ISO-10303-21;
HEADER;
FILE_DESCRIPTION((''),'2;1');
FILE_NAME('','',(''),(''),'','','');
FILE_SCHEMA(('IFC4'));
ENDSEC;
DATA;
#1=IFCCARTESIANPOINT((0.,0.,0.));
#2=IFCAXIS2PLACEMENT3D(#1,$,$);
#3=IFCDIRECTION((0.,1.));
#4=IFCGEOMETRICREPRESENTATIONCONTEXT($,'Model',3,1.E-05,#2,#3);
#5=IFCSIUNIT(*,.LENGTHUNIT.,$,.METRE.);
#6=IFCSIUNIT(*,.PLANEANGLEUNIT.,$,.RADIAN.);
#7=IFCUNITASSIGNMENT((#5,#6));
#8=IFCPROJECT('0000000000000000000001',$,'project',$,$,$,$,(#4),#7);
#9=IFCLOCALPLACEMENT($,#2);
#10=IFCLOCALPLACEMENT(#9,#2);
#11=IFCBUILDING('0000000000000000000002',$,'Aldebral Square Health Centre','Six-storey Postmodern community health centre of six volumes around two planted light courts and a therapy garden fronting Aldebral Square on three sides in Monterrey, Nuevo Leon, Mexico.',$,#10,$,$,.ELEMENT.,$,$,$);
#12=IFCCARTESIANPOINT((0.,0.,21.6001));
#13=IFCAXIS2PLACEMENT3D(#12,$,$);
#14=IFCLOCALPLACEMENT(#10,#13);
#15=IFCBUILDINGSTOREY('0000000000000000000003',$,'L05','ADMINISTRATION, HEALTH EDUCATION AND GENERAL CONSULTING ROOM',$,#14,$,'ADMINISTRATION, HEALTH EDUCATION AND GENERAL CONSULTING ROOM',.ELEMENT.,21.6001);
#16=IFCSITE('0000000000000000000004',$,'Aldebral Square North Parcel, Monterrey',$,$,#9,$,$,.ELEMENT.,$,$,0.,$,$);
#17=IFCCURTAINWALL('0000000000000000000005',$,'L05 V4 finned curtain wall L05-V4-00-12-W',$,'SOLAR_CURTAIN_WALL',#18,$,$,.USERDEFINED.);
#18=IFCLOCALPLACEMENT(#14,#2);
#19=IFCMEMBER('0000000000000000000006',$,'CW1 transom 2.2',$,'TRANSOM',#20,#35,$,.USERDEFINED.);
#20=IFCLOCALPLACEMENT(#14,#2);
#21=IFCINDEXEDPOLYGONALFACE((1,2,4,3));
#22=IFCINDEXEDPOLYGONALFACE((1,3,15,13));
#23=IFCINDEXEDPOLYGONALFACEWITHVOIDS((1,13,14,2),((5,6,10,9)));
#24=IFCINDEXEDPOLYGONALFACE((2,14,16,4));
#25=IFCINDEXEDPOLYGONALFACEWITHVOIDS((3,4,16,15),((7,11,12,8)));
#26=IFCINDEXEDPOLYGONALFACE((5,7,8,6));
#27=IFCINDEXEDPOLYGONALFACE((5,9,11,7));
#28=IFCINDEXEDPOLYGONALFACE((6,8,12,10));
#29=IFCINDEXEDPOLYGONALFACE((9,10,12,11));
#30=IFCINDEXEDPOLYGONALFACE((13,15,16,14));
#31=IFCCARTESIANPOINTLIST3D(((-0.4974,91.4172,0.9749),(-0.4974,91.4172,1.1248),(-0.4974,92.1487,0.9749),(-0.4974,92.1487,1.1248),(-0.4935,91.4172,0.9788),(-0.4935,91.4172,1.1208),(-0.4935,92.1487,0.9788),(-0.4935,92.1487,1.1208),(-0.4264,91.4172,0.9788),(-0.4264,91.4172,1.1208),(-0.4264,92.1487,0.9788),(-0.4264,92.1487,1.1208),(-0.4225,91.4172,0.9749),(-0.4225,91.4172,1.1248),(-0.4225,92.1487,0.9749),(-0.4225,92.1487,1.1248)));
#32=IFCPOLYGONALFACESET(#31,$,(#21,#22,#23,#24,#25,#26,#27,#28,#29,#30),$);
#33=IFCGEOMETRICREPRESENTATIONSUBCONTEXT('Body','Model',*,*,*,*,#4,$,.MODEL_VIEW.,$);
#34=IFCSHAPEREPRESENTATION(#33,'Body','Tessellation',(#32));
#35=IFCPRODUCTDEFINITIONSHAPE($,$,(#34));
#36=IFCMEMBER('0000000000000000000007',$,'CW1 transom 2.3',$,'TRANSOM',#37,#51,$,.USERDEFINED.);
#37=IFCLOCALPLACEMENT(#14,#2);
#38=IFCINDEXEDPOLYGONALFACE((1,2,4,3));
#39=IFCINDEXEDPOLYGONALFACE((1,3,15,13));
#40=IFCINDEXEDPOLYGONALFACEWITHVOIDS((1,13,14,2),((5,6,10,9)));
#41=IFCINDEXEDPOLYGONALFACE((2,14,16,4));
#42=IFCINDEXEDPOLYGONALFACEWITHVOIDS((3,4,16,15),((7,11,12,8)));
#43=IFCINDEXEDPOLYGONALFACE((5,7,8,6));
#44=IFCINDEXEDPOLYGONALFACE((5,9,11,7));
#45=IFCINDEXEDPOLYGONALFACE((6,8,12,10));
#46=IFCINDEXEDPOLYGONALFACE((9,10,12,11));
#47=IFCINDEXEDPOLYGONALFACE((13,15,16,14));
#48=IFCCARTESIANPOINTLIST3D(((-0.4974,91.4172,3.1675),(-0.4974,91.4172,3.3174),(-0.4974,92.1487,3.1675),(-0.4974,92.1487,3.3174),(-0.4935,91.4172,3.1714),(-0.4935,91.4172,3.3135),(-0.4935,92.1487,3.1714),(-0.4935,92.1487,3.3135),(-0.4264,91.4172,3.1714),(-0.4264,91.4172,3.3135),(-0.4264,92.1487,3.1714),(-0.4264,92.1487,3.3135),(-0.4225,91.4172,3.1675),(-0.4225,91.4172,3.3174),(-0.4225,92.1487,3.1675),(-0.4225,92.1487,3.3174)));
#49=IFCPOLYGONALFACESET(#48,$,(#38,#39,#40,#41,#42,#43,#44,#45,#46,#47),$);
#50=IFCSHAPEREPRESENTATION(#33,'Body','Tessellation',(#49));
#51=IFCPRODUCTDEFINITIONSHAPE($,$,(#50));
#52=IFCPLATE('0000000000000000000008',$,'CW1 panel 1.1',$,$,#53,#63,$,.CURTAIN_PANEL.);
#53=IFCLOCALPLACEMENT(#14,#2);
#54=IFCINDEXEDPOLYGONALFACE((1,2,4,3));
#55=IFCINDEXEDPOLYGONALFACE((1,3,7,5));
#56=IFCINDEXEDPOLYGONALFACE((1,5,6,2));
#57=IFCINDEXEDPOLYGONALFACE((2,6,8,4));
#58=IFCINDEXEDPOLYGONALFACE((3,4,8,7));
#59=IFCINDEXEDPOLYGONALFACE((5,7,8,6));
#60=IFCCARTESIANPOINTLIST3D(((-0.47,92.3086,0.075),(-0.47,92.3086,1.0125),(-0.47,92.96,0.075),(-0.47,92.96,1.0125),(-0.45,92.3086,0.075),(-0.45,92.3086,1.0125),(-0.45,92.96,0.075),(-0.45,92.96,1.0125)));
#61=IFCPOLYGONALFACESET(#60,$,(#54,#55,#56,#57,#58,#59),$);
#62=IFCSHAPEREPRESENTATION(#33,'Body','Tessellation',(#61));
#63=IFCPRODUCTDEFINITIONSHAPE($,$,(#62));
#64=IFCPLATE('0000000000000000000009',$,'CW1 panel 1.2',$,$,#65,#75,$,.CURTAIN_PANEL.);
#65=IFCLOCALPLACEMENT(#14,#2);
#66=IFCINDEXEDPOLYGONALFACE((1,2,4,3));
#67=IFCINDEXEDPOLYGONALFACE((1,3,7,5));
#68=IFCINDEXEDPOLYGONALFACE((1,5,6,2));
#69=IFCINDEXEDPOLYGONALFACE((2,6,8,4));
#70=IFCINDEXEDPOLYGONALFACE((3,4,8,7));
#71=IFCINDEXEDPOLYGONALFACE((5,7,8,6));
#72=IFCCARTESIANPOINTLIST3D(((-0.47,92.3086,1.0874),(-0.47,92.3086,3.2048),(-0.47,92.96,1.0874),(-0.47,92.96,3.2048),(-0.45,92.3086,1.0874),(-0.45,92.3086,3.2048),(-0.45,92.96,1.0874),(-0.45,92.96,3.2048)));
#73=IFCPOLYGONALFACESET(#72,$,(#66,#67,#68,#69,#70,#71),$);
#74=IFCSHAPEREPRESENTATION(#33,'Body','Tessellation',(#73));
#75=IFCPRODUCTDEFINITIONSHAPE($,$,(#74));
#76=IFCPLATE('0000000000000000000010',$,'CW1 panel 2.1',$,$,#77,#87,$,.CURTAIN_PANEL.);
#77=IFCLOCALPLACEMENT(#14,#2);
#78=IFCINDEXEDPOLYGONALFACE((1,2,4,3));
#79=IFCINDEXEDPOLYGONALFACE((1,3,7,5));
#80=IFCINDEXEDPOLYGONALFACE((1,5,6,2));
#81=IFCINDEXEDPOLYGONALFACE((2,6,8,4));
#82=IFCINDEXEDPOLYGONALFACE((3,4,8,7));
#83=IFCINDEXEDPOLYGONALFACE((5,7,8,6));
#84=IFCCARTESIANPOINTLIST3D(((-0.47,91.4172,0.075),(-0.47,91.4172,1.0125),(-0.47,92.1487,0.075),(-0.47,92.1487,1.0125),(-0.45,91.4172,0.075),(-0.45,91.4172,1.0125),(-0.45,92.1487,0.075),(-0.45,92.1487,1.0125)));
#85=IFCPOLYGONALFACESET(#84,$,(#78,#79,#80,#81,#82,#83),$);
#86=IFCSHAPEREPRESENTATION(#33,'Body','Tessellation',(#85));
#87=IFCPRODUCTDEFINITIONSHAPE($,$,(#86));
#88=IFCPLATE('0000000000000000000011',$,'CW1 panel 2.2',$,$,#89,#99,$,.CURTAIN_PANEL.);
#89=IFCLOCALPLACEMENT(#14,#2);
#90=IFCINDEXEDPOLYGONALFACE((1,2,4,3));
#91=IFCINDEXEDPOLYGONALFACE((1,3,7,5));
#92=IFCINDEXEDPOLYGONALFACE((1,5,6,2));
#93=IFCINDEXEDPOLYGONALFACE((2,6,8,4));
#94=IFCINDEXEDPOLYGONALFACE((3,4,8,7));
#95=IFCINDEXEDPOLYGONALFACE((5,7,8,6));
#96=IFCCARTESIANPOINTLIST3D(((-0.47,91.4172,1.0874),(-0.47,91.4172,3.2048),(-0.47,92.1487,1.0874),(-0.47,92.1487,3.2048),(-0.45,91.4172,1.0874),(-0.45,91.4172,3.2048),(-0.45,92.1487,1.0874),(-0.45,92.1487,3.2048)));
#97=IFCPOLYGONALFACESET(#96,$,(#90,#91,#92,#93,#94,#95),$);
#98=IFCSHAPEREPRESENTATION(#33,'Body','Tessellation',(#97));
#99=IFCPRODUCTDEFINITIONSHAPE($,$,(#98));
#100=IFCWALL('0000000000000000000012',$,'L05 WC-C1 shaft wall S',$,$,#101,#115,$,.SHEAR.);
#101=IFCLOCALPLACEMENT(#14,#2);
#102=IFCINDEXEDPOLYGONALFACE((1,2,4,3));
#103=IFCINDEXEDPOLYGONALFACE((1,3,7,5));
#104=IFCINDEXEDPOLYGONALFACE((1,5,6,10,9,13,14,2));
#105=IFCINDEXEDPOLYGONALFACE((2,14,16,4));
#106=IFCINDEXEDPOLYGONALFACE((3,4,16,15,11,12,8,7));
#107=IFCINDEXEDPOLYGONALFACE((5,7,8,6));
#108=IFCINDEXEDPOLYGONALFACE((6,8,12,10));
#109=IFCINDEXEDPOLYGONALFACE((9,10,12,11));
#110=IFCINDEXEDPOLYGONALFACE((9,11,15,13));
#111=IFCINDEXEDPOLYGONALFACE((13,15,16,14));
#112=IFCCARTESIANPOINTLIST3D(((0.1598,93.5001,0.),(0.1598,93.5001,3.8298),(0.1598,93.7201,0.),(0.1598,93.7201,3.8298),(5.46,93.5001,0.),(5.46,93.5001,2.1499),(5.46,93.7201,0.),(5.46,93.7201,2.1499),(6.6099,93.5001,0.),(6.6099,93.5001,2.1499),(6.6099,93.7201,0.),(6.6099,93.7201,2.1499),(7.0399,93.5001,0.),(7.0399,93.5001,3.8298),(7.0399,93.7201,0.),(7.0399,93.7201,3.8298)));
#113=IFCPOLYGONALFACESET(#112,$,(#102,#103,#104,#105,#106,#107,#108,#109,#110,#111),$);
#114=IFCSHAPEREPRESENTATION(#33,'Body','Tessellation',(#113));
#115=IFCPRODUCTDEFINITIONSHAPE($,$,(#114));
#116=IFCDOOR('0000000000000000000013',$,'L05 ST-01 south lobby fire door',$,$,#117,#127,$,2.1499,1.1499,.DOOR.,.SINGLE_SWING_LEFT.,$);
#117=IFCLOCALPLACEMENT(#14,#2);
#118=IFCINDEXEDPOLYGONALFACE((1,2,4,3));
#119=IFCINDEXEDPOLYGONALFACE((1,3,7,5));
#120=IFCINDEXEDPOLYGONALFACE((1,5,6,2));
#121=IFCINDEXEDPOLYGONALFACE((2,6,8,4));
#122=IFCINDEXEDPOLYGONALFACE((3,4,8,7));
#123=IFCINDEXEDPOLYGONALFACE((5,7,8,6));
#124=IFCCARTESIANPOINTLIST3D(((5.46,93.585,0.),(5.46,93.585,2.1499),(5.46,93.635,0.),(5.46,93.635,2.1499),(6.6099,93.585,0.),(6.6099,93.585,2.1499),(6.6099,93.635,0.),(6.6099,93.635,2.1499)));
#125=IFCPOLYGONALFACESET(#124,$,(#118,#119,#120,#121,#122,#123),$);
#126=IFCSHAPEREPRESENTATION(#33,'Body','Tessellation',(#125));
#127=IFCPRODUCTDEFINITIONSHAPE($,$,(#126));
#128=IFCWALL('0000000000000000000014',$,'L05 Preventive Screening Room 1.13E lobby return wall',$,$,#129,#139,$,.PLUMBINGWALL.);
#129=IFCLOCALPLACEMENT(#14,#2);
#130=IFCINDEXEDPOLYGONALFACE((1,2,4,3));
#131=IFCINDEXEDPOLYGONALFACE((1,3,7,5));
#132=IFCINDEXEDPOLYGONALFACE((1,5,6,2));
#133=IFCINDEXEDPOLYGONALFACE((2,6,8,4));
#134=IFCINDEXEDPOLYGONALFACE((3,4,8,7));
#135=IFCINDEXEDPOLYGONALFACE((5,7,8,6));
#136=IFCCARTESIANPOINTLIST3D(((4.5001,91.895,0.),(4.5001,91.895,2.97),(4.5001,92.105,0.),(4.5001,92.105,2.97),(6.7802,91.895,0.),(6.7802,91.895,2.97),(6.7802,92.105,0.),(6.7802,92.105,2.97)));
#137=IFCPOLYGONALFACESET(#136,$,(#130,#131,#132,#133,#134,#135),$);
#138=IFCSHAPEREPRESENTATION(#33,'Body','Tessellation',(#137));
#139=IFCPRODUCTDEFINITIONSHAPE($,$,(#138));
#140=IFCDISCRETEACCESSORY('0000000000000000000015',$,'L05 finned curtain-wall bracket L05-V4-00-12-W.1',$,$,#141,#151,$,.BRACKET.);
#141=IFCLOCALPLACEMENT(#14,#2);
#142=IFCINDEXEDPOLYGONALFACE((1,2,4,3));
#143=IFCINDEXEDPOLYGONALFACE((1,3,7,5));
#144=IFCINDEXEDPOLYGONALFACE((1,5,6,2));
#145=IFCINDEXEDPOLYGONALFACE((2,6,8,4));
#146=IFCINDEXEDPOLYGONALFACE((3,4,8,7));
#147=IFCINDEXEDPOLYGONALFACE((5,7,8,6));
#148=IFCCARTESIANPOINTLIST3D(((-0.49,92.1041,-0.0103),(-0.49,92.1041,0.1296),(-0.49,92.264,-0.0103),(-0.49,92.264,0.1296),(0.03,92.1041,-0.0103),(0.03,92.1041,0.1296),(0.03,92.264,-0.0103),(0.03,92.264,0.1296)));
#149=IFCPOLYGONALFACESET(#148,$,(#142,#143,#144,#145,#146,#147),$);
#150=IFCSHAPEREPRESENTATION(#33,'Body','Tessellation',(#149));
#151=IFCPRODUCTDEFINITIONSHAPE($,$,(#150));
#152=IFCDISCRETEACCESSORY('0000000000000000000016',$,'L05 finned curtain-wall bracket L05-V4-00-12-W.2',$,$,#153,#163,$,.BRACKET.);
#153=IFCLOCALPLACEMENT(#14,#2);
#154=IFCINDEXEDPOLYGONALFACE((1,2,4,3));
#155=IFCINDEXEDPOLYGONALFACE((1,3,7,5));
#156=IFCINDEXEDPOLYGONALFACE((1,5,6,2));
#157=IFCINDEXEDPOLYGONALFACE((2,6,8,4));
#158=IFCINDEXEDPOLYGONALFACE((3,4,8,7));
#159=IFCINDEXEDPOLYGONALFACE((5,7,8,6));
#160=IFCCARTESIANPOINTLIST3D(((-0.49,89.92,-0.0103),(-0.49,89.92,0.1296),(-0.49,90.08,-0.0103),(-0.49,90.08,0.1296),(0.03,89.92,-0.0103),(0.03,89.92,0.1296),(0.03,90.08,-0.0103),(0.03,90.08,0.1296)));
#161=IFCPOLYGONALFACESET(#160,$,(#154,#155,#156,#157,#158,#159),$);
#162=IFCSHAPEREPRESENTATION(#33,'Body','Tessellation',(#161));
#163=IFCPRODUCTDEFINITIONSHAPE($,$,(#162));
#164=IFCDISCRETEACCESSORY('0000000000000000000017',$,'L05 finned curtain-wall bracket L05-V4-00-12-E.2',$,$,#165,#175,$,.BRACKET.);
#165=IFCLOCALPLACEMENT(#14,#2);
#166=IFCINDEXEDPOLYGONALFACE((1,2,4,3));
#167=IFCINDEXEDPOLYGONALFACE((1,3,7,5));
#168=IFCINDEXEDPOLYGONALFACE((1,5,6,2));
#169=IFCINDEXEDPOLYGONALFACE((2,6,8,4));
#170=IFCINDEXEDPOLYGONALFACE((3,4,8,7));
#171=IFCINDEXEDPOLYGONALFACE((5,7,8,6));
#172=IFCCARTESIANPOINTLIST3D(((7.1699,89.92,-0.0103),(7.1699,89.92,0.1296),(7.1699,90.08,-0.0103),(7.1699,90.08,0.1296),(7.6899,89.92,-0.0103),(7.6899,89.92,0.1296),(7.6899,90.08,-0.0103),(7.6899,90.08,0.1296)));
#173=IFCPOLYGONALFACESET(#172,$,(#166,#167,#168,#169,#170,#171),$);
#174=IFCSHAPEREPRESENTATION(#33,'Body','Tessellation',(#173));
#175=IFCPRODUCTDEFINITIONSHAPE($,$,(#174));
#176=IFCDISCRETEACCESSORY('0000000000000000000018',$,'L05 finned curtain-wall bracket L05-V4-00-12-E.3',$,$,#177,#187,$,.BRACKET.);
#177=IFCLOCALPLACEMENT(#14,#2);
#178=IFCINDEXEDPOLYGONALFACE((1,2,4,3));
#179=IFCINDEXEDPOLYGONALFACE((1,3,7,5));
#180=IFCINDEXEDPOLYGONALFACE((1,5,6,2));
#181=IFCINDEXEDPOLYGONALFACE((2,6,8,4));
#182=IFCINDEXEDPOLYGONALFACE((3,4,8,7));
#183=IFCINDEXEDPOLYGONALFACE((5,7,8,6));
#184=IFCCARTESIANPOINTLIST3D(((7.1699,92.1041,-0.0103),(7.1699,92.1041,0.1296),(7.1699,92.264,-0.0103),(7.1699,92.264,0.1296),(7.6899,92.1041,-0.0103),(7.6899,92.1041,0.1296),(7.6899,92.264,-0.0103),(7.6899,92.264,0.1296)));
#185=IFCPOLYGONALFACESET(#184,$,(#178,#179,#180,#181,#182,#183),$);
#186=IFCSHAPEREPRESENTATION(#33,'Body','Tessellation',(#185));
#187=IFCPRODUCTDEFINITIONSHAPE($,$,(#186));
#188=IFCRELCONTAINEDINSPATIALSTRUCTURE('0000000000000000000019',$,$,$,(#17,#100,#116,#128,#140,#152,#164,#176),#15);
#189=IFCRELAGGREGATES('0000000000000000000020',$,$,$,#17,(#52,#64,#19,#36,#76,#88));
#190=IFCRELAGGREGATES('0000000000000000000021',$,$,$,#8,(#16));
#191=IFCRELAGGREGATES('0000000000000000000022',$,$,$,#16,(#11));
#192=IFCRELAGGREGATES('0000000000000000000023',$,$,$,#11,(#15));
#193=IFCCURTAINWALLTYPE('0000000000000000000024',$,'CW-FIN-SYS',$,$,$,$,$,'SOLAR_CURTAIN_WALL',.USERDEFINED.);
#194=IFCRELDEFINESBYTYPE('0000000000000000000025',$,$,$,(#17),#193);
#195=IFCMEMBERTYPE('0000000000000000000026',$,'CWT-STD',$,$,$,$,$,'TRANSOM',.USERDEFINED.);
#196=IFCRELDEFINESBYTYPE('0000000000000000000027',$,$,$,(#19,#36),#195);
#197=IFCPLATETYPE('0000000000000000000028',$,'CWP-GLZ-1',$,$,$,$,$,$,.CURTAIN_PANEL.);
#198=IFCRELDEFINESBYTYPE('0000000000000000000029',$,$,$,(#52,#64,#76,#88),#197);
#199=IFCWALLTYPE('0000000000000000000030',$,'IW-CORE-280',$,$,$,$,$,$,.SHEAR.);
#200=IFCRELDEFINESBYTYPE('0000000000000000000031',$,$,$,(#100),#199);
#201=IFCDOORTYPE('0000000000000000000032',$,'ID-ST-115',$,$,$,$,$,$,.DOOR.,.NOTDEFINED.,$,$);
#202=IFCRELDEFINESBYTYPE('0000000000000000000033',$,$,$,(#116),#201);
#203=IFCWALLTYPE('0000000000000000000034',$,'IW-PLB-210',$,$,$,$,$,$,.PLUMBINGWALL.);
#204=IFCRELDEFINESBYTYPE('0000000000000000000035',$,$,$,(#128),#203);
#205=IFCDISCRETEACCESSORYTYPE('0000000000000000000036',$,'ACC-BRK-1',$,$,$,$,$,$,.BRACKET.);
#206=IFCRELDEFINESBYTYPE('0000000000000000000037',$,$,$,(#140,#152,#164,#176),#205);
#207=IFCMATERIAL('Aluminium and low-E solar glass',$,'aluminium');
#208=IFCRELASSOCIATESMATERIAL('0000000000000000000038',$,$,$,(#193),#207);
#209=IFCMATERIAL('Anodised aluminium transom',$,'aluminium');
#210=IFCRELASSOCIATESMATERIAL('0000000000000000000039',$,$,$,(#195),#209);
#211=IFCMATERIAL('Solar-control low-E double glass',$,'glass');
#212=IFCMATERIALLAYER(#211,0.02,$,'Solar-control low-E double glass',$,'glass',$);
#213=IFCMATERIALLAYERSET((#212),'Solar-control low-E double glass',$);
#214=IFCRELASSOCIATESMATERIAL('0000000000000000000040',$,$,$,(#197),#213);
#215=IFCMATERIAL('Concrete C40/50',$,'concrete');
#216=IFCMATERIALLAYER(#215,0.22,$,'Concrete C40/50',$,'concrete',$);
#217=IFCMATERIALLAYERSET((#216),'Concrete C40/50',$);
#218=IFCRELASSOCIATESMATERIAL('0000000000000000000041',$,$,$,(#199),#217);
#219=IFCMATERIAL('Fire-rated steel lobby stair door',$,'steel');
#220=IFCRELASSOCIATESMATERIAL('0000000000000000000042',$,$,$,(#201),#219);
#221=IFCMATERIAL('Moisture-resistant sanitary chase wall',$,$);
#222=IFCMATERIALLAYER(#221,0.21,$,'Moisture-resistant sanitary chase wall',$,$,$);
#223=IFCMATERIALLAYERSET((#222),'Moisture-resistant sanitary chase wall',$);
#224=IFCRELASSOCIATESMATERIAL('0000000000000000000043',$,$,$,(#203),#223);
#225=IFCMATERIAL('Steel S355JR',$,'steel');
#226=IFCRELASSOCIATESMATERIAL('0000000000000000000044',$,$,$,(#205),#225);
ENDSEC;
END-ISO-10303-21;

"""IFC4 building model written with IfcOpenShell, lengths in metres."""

from ifc_helpers import new_model, si_unit, direction, frame, frame_2d, origin, origin_2d, place, context, subcontext, project, spatial, rectangle, hollow_rectangle, extrude, material, layer, layer_set, material_profile, profile_set, type_object, element, fill, aggregate, save


model = new_model("IFC4")

# Units and contexts
model_context = context("Model", 3, precision=1e-05, world=origin(), true_north=direction((0.0, 1.0)))
body_context = subcontext(model_context, "Body", "Model", "MODEL_VIEW")
ifc_project = project(units=[si_unit("LENGTHUNIT", "METRE"), si_unit("PLANEANGLEUNIT", "RADIAN")], contexts=[model_context])

# Site, building, storey
site_placement = place(None, origin())
site = spatial("IfcSite", under=ifc_project, at=site_placement, Name="Aldebral Square North Parcel, Monterrey", CompositionType="ELEMENT", RefElevation=0.0)
building_placement = place(site_placement, origin())
building = spatial("IfcBuilding", under=site, at=building_placement, Name="Aldebral Square Health Centre", Description="Six-storey Postmodern community health centre of six volumes around two planted light courts and a therapy garden fronting Aldebral Square on three sides in Monterrey, Nuevo Leon, Mexico.", CompositionType="ELEMENT")
storey_placement = place(building_placement, frame((0.0, 0.0, 21.6001)))
storey = spatial("IfcBuildingStorey", under=building, at=storey_placement, Name="L05", Description="ADMINISTRATION, HEALTH EDUCATION AND GENERAL CONSULTING ROOM", LongName="ADMINISTRATION, HEALTH EDUCATION AND GENERAL CONSULTING ROOM", CompositionType="ELEMENT", Elevation=21.6001)

# Shared definitions
ifc_material_1 = material(Name="Concrete C40/50", Category="concrete")

# Curtain wall, members, plates
ifc_material_2 = material(Name="Aluminium and low-E solar glass", Category="aluminium")
curtain_wall_type = type_object("IfcCurtainWallType", Name="CW-FIN-SYS", ElementType="SOLAR_CURTAIN_WALL", PredefinedType="USERDEFINED", material=ifc_material_2)
curtain_wall_placement = place(storey_placement, origin())
curtain_wall = element("IfcCurtainWall", 1, at=curtain_wall_placement, inside=storey, type_object=curtain_wall_type, Name="L05 V4 finned curtain wall L05-V4-00-12-W", ObjectType="SOLAR_CURTAIN_WALL", PredefinedType="USERDEFINED")
ifc_material_3 = material(Name="Anodised aluminium transom", Category="aluminium")
ifc_material_profile_1 = material_profile(ifc_material_3, hollow_rectangle(XDim=0.075, YDim=0.1499, WallThickness=0.0039, at=origin_2d()), Name="CWT 75x150x4")
ifc_profile_set_1 = profile_set([ifc_material_profile_1], Name="Anodised aluminium transom")
member_type_1 = type_object("IfcMemberType", Name="CWT-STD", ElementType="TRANSOM", PredefinedType="USERDEFINED", material=ifc_profile_set_1)
member_1_placement = place(storey_placement, frame((-0.46, 92.1487, 1.0498), z_axis=(0.0, -1.0, 0.0), x_axis=(1.0, 0.0, 0.0)))
member_1 = element("IfcMember", 2, at=member_1_placement, type_object=member_type_1, Name="CW1 transom 2.2", ObjectType="TRANSOM", PredefinedType="USERDEFINED", context=body_context, shape_type="SweptSolid", body=[
    extrude(hollow_rectangle(XDim=0.075, YDim=0.1499, WallThickness=0.0039, at=origin_2d()), origin(), (0.0, 0.0, 1.0), 0.7314),
])
member_2_placement = place(storey_placement, frame((-0.46, 92.1487, 3.2424), z_axis=(0.0, -1.0, 0.0), x_axis=(1.0, 0.0, 0.0)))
member_2 = element("IfcMember", 3, at=member_2_placement, type_object=member_type_1, Name="CW1 transom 2.3", ObjectType="TRANSOM", PredefinedType="USERDEFINED", context=body_context, shape_type="SweptSolid", body=[
    extrude(hollow_rectangle(XDim=0.075, YDim=0.1499, WallThickness=0.0039, at=origin_2d()), origin(), (0.0, 0.0, 1.0), 0.7314),
])
ifc_material_4 = material(Name="Solar-control low-E double glass", Category="glass")
ifc_layer_1 = layer(ifc_material_4, 0.02, Name="Solar-control low-E double glass", Category="glass")
ifc_layer_set_1 = layer_set([ifc_layer_1], Name="Solar-control low-E double glass")
plate_type = type_object("IfcPlateType", Name="CWP-GLZ-1", PredefinedType="CURTAIN_PANEL", material=ifc_layer_set_1)
plate_1_placement = place(storey_placement, frame((-0.46, 92.6343, 0.075), z_axis=(0.0, 0.0, 1.0), x_axis=(0.0, -1.0, 0.0)))
plate_1 = element("IfcPlate", 4, at=plate_1_placement, type_object=plate_type, Name="CW1 panel 1.1", PredefinedType="CURTAIN_PANEL", context=body_context, shape_type="SweptSolid", body=[
    extrude(rectangle(XDim=0.6514, YDim=0.02, at=origin_2d()), origin(), (0.0, 0.0, 1.0), 0.9375),
])
plate_2_placement = place(storey_placement, frame((-0.46, 92.6343, 1.0874), z_axis=(0.0, 0.0, 1.0), x_axis=(0.0, -1.0, 0.0)))
plate_2 = element("IfcPlate", 5, at=plate_2_placement, type_object=plate_type, Name="CW1 panel 1.2", PredefinedType="CURTAIN_PANEL", context=body_context, shape_type="SweptSolid", body=[
    extrude(rectangle(XDim=0.6514, YDim=0.02, at=origin_2d()), origin(), (0.0, 0.0, 1.0), 2.1174),
])
plate_3_placement = place(storey_placement, frame((-0.46, 91.783, 0.075), z_axis=(0.0, 0.0, 1.0), x_axis=(0.0, -1.0, 0.0)))
plate_3 = element("IfcPlate", 6, at=plate_3_placement, type_object=plate_type, Name="CW1 panel 2.1", PredefinedType="CURTAIN_PANEL", context=body_context, shape_type="SweptSolid", body=[
    extrude(rectangle(XDim=0.7314, YDim=0.02, at=origin_2d()), origin(), (0.0, 0.0, 1.0), 0.9375),
])
plate_4_placement = place(storey_placement, frame((-0.46, 91.783, 1.0874), z_axis=(0.0, 0.0, 1.0), x_axis=(0.0, -1.0, 0.0)))
plate_4 = element("IfcPlate", 7, at=plate_4_placement, type_object=plate_type, Name="CW1 panel 2.2", PredefinedType="CURTAIN_PANEL", context=body_context, shape_type="SweptSolid", body=[
    extrude(rectangle(XDim=0.7314, YDim=0.02, at=origin_2d()), origin(), (0.0, 0.0, 1.0), 2.1174),
])
aggregate(curtain_wall, [plate_1, plate_2, member_1, member_2, plate_3, plate_4])

# Wall, opening, door
ifc_layer_2 = layer(ifc_material_1, 0.22, Name="Concrete C40/50", Category="concrete")
ifc_layer_set_2 = layer_set([ifc_layer_2], Name="Concrete C40/50")
wall_type_1 = type_object("IfcWallType", Name="IW-CORE-280", PredefinedType="SHEAR", material=ifc_layer_set_2)
wall_1_placement = place(storey_placement, frame((0.1599, 93.6101, 0.0), z_axis=(0.0, 0.0, 1.0), x_axis=(1.0, 0.0, 0.0)))
wall_1 = element("IfcWall", 8, at=wall_1_placement, inside=storey, type_object=wall_type_1, Name="L05 WC-C1 shaft wall S", PredefinedType="SHEAR", context=body_context, shape_type="SweptSolid", body=[
    extrude(rectangle(XDim=6.8801, YDim=0.22, at=frame_2d((3.4399, 0.0))), origin(), (0.0, 0.0, 1.0), 3.8298),
])
opening_placement = place(wall_1_placement, frame((5.3, 0.0, 0.0)))
opening = element("IfcOpeningElement", 9, at=opening_placement, cuts=wall_1, PredefinedType="OPENING", context=body_context, shape_type="SweptSolid", body=[
    extrude(rectangle(XDim=1.1499, YDim=2.1499, at=frame_2d((0.575, 1.075))), frame((0.0, 0.1201, 0.0), z_axis=(0.0, -1.0, 0.0), x_axis=(1.0, 0.0, 0.0)), (0.0, 0.0, 1.0), 0.24),
])
ifc_material_5 = material(Name="Fire-rated steel lobby stair door", Category="steel")
door_type = type_object("IfcDoorType", Name="ID-ST-115", OperationType="NOTDEFINED", PredefinedType="DOOR", material=ifc_material_5)
door_placement = place(opening_placement, origin())
door = element("IfcDoor", 10, at=door_placement, inside=storey, type_object=door_type, Name="L05 ST-01 south lobby fire door", OperationType="SINGLE_SWING_LEFT", OverallHeight=2.1499, OverallWidth=1.1499, PredefinedType="DOOR", context=body_context, shape_type="SweptSolid", body=[
    extrude(rectangle(XDim=1.1499, YDim=2.1499, at=frame_2d((0.575, 1.075))), frame((0.0, 0.0249, 0.0), z_axis=(0.0, -1.0, 0.0), x_axis=(1.0, 0.0, 0.0)), (0.0, 0.0, 1.0), 0.05),
])
fill(opening, door)

# Wall
ifc_material_6 = material(Name="Moisture-resistant sanitary chase wall")
ifc_layer_3 = layer(ifc_material_6, 0.21, Name="Moisture-resistant sanitary chase wall")
ifc_layer_set_3 = layer_set([ifc_layer_3], Name="Moisture-resistant sanitary chase wall")
wall_type_2 = type_object("IfcWallType", Name="IW-PLB-210", PredefinedType="PLUMBINGWALL", material=ifc_layer_set_3)
wall_2_placement = place(storey_placement, frame((4.5, 92.0, 0.0), z_axis=(0.0, 0.0, 1.0), x_axis=(1.0, 0.0, 0.0)))
element("IfcWall", 11, at=wall_2_placement, inside=storey, type_object=wall_type_2, Name="L05 Preventive Screening Room 1.13E lobby return wall", PredefinedType="PLUMBINGWALL", context=body_context, shape_type="SweptSolid", body=[
    extrude(rectangle(XDim=2.28, YDim=0.21, at=frame_2d((1.1401, 0.0))), origin(), (0.0, 0.0, 1.0), 2.97),
])

# Discrete accessories
ifc_material_7 = material(Name="Steel S355JR", Category="steel")
discrete_accessory_type = type_object("IfcDiscreteAccessoryType", Name="ACC-BRK-1", PredefinedType="BRACKET", material=ifc_material_7)
for number, where, z_axis, x_axis, name in (
    (12, (-0.23, 92.1841, -0.0103), (0.0, 0.0, 1.0), (0.0, 1.0, 0.0), "L05 finned curtain-wall bracket L05-V4-00-12-W.1"),
    (13, (-0.23, 90.0, -0.0103), (0.0, 0.0, 1.0), (0.0, 1.0, 0.0), "L05 finned curtain-wall bracket L05-V4-00-12-W.2"),
    (14, (7.4299, 90.0, -0.0103), (0.0, 0.0, 1.0), (0.0, 1.0, 0.0), "L05 finned curtain-wall bracket L05-V4-00-12-E.2"),
    (15, (7.4299, 92.1841, -0.0103), (0.0, 0.0, 1.0), (0.0, 1.0, 0.0), "L05 finned curtain-wall bracket L05-V4-00-12-E.3"),
):
    element("IfcDiscreteAccessory", number, at=place(storey_placement, frame(where, z_axis=z_axis, x_axis=x_axis)), inside=storey, type_object=discrete_accessory_type, Name=name, PredefinedType="BRACKET", context=body_context, shape_type="SweptSolid", body=[
        extrude(rectangle(XDim=0.1599, YDim=0.52, at=origin_2d()), origin(), (0.0, 0.0, 1.0), 0.1399),
    ])

save(model, "model.ifc")
